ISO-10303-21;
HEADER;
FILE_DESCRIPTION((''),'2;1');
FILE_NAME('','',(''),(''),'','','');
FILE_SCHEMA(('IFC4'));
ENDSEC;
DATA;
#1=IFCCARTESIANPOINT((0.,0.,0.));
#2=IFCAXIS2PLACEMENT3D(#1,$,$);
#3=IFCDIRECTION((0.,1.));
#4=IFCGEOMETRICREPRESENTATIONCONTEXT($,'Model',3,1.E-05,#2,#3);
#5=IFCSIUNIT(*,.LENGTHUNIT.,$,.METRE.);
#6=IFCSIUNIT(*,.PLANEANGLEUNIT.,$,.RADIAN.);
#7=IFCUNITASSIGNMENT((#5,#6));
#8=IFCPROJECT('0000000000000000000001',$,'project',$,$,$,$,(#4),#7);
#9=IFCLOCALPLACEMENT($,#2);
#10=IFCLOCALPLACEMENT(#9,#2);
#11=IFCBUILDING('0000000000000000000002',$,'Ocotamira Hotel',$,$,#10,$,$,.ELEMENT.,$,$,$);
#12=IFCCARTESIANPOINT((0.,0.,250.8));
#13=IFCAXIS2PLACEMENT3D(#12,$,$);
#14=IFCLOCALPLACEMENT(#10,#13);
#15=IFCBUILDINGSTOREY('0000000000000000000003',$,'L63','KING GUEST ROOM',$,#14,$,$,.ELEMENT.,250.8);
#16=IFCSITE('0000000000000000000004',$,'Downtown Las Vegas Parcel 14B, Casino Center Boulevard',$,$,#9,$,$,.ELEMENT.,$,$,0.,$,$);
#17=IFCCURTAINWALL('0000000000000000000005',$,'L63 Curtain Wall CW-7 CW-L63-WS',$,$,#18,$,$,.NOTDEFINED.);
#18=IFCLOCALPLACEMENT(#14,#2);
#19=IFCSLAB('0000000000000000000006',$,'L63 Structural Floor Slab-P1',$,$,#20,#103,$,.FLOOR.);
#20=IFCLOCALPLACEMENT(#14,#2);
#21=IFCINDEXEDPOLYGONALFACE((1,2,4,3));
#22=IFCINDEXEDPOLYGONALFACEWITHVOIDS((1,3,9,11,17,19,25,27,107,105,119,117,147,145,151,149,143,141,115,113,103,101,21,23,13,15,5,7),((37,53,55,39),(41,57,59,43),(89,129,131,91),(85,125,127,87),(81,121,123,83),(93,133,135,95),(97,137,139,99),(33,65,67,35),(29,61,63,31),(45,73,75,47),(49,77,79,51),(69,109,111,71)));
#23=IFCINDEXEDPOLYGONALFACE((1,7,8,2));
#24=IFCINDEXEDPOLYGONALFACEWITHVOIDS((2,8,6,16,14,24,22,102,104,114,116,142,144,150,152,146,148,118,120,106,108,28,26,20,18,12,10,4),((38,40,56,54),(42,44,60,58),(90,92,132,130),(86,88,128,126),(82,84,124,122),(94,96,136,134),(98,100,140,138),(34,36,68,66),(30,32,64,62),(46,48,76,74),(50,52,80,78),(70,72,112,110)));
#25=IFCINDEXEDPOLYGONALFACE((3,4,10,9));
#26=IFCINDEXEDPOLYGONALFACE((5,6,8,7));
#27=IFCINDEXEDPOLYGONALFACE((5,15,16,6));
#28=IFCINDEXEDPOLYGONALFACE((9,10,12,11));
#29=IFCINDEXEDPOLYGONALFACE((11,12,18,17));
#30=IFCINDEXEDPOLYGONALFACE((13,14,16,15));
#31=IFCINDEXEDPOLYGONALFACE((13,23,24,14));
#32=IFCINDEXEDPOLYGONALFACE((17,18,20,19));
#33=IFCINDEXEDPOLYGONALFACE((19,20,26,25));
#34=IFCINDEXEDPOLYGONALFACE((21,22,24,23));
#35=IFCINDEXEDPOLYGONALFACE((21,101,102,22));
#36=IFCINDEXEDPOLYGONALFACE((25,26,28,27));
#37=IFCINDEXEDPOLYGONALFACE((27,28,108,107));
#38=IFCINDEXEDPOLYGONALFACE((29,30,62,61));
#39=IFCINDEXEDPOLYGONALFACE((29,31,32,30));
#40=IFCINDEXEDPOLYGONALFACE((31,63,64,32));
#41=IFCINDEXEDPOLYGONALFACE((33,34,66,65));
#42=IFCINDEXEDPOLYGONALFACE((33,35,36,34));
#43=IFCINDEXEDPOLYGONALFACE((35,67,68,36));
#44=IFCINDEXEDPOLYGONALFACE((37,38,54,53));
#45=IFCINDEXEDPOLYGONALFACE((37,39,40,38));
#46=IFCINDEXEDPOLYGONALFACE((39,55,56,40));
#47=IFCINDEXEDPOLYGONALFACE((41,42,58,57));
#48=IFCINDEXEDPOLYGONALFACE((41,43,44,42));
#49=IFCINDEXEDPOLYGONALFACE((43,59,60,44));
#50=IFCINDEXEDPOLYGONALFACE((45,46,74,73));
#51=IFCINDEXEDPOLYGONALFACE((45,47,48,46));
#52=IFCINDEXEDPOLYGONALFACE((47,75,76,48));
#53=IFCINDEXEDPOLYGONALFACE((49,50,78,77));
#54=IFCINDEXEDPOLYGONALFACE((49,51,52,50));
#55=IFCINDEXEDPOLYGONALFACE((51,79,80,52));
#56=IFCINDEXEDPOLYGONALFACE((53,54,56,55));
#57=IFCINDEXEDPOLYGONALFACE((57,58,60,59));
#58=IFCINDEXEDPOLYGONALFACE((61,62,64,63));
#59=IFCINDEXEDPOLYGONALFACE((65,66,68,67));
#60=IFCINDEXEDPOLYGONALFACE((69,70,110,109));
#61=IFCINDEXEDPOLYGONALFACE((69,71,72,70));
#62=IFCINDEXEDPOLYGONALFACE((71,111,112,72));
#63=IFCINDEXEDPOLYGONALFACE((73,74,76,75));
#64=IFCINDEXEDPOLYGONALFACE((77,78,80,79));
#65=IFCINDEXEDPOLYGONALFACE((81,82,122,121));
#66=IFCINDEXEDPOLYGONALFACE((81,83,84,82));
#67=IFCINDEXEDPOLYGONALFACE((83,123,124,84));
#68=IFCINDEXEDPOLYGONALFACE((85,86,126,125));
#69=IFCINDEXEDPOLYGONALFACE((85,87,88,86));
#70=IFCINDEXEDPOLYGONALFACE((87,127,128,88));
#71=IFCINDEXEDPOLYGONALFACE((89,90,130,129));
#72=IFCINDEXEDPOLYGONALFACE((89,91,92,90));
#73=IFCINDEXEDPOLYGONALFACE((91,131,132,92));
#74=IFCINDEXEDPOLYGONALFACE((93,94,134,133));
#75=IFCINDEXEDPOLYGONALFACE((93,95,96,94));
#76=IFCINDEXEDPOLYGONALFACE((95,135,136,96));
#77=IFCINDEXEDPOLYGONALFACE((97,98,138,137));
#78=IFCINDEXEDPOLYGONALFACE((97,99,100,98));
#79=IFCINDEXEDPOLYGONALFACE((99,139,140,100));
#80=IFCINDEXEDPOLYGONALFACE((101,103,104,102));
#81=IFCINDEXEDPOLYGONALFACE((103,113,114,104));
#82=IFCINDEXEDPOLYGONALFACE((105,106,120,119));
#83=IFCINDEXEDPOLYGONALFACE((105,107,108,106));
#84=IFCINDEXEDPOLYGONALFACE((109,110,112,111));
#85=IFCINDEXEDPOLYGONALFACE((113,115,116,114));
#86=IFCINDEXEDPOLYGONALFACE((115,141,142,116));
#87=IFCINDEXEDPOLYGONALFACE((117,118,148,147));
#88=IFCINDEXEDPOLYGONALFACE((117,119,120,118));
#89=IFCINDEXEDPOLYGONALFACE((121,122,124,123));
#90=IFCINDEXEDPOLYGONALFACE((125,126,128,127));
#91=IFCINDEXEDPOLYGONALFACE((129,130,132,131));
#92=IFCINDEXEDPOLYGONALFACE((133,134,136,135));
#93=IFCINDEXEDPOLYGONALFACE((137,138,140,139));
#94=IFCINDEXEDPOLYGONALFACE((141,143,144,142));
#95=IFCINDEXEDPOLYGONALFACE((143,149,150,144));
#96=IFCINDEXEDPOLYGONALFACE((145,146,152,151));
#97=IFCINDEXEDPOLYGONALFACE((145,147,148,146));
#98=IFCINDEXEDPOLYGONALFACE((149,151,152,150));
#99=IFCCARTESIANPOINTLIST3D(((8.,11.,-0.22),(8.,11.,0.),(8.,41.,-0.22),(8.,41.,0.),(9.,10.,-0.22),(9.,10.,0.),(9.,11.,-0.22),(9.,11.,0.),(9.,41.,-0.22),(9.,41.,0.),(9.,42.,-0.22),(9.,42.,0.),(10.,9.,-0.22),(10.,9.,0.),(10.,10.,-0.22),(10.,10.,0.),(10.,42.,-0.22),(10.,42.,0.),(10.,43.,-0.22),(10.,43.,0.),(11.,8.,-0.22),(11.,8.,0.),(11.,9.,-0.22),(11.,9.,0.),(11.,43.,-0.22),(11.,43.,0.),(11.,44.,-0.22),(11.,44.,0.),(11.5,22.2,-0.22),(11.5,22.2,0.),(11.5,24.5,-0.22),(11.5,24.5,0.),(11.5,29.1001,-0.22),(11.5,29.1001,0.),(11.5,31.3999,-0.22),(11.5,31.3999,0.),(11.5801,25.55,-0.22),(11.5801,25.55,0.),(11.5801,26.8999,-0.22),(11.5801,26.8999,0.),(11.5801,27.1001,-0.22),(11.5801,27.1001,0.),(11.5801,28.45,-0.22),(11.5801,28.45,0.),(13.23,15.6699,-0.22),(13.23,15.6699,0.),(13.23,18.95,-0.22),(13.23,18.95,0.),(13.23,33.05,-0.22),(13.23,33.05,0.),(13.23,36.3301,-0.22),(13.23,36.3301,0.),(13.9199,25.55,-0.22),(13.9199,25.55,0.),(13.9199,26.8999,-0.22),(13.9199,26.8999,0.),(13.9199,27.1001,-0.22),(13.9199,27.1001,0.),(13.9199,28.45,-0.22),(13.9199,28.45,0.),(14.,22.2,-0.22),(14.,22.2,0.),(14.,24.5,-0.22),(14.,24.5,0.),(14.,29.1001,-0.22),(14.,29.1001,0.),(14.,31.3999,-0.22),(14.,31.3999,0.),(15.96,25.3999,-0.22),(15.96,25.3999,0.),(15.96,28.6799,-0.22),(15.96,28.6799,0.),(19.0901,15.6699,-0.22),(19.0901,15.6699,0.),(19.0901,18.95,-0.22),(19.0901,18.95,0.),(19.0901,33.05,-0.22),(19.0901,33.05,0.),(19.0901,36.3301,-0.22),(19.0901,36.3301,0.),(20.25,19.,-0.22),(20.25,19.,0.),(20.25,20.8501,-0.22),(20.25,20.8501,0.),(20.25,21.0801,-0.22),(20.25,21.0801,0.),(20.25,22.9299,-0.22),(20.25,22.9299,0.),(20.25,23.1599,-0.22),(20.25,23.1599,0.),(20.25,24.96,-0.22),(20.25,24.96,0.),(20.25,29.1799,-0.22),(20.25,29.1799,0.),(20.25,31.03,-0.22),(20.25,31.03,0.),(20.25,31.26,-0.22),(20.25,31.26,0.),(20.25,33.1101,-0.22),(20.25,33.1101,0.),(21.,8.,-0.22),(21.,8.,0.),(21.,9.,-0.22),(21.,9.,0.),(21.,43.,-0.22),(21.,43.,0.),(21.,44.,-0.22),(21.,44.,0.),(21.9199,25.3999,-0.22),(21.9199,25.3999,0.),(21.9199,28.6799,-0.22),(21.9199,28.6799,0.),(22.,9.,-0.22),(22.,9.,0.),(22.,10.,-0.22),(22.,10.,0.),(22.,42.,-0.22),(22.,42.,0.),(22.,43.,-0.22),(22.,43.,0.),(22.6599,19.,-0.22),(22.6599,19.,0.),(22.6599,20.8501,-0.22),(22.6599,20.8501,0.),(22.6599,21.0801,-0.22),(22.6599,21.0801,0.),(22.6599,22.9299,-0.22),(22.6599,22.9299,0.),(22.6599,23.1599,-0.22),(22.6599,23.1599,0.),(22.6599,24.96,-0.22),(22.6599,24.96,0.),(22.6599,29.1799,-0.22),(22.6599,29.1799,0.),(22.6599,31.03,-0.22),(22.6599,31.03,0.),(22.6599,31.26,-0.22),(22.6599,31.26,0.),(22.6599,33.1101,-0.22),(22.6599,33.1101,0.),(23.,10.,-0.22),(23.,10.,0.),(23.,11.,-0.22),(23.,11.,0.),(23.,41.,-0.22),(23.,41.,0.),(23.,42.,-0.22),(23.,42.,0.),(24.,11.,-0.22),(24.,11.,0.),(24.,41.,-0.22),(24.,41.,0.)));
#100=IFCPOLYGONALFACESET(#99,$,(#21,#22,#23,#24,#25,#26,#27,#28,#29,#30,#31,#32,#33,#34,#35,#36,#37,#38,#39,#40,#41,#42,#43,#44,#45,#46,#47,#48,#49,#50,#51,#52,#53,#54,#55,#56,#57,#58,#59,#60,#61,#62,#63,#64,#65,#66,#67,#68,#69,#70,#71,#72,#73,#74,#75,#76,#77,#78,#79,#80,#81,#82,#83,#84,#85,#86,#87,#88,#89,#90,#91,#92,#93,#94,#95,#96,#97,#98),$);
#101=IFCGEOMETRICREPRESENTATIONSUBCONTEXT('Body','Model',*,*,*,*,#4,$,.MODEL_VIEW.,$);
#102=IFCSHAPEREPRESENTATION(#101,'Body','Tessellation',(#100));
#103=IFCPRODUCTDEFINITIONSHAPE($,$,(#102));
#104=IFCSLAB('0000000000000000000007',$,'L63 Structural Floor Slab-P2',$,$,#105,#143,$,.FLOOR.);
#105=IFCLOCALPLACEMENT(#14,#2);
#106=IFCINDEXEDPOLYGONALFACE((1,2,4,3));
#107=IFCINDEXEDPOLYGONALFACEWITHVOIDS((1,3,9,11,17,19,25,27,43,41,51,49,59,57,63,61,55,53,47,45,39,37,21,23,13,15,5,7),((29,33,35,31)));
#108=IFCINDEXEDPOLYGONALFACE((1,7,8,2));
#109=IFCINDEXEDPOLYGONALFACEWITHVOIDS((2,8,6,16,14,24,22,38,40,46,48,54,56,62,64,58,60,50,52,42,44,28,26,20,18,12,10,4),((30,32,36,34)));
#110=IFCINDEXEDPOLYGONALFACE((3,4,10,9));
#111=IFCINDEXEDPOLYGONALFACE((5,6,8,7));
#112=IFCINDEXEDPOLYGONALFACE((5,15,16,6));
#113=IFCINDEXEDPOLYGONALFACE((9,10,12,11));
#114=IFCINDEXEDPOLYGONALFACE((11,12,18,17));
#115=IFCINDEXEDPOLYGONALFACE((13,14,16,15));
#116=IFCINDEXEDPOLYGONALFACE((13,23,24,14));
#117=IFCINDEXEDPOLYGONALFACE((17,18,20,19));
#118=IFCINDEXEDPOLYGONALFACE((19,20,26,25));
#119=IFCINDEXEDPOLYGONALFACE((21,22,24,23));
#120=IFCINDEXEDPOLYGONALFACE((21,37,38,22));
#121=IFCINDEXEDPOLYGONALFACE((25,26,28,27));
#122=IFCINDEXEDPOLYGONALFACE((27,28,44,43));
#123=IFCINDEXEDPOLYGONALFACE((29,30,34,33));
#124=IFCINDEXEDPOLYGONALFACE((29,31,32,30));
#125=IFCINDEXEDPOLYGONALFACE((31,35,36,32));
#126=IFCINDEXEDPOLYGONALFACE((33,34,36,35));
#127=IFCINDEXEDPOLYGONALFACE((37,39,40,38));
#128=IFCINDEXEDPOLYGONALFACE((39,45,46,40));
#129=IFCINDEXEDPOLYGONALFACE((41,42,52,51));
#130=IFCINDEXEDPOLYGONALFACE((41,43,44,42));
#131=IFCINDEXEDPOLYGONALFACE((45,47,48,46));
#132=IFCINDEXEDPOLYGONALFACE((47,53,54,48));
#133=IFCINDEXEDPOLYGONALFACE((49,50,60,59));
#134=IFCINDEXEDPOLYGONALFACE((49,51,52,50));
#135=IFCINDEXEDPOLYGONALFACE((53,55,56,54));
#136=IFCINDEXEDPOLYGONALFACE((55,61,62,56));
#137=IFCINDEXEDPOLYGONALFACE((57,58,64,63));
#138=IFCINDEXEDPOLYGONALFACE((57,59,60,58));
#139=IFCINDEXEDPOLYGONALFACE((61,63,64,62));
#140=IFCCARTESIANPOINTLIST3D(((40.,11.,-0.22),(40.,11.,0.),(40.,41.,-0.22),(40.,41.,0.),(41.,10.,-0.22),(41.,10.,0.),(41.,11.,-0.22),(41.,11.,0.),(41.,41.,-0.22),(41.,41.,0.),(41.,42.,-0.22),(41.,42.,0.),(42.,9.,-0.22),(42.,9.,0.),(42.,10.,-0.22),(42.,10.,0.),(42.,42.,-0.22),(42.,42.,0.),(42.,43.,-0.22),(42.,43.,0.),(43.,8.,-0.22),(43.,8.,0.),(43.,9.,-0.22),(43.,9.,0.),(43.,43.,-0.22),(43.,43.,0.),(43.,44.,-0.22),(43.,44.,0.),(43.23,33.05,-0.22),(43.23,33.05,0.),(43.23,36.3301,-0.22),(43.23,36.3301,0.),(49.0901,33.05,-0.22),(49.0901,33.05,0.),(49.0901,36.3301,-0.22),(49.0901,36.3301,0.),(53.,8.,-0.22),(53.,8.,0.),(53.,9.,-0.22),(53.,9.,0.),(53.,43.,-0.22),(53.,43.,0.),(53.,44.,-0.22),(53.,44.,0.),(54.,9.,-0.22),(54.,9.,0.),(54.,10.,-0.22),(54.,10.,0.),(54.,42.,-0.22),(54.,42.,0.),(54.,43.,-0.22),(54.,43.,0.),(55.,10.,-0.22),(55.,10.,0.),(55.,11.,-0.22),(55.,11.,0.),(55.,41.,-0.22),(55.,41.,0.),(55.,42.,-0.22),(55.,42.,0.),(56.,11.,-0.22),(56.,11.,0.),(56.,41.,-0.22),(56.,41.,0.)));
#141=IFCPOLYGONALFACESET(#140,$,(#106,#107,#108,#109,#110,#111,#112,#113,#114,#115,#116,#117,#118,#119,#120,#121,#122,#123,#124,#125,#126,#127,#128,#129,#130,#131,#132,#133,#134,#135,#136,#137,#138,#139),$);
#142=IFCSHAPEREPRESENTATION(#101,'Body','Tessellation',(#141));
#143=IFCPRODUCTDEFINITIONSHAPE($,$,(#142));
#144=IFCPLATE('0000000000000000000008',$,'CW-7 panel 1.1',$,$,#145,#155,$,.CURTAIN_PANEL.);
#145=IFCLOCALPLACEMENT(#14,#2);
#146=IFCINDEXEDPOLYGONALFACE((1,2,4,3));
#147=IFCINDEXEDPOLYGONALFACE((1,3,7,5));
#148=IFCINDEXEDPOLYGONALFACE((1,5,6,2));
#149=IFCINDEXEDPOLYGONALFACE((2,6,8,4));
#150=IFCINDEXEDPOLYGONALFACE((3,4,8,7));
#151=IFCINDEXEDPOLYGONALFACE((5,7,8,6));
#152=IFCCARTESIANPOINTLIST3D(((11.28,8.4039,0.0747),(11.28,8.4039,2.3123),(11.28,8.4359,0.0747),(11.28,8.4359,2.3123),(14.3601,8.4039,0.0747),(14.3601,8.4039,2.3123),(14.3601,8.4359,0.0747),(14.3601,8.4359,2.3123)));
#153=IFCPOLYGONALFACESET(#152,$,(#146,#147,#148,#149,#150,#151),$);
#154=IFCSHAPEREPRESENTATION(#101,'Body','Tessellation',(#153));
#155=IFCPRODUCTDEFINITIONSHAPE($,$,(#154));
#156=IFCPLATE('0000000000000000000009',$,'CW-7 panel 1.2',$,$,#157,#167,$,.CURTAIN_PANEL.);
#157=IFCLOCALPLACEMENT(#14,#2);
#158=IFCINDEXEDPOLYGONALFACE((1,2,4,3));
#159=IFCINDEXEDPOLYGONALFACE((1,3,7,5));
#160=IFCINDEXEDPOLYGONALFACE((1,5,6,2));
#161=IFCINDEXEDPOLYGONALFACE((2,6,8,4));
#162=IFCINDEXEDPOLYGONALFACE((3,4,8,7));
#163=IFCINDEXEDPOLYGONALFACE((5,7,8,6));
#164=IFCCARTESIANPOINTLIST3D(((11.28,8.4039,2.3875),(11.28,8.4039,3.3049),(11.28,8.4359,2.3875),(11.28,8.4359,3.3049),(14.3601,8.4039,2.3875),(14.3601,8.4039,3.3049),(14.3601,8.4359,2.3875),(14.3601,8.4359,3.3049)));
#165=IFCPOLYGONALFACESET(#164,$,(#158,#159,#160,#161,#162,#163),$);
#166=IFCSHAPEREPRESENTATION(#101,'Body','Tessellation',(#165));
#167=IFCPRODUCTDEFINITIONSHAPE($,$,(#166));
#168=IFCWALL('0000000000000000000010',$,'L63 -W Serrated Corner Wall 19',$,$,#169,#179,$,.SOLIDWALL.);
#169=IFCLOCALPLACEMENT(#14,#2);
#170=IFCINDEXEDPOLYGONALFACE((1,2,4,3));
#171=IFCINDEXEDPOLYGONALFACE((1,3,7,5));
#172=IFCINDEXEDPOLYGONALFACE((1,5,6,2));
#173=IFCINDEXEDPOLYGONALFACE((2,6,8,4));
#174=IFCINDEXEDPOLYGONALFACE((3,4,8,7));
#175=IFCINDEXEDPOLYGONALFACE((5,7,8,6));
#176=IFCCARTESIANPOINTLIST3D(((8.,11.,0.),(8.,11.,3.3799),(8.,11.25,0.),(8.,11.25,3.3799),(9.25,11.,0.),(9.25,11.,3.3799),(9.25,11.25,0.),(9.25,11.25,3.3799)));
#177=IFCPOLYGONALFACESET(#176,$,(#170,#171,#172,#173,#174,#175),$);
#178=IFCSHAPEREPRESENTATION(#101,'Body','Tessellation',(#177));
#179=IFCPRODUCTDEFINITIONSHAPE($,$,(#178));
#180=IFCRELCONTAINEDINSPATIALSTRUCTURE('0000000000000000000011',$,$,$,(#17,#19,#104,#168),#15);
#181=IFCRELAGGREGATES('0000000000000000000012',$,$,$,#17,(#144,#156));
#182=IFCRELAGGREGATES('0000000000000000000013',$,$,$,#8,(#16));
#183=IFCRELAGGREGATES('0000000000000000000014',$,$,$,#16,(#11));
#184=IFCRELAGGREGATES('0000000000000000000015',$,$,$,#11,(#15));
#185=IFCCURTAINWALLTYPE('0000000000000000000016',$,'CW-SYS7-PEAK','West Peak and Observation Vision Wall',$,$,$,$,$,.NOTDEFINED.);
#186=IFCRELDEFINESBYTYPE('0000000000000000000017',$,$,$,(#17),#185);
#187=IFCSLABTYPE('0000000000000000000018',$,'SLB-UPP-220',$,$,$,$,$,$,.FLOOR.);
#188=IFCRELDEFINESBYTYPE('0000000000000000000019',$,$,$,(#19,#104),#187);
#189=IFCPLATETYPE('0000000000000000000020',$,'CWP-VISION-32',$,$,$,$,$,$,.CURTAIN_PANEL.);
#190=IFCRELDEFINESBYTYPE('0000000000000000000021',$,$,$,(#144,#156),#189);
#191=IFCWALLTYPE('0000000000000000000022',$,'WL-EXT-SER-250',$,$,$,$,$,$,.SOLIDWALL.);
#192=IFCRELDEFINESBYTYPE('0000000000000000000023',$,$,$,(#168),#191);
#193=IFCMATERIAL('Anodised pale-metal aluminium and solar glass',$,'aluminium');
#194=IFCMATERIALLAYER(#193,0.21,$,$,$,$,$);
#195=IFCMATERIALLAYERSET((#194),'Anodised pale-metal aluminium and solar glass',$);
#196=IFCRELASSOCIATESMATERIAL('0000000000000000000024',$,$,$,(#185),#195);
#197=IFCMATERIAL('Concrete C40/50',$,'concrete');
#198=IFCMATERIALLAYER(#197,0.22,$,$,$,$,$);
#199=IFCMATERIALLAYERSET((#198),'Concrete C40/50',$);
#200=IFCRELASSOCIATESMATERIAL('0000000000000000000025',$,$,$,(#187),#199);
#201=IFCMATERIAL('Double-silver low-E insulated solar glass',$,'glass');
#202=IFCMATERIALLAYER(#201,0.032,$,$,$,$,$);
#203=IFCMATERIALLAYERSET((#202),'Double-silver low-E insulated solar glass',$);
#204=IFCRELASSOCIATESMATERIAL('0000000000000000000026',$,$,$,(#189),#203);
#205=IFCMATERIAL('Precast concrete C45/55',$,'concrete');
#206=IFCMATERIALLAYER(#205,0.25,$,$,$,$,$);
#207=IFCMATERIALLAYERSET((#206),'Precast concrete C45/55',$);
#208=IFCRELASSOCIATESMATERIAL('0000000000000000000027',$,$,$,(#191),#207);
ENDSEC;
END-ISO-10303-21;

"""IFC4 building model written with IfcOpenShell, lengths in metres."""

from ifc_helpers import new_model, si_unit, direction, frame, frame_2d, origin, origin_2d, place, context, subcontext, project, spatial, polyline, rectangle, outline, extrude, source, transform, mapped, material, layer, layer_set, type_object, element, aggregate, save


model = new_model("IFC4")

# Units and contexts
model_context = context("Model", 3, precision=1e-05, world=origin(), true_north=direction((0.0, 1.0)))
body_context = subcontext(model_context, "Body", "Model", "MODEL_VIEW")
ifc_project = project(units=[si_unit("LENGTHUNIT", "METRE"), si_unit("PLANEANGLEUNIT", "RADIAN")], contexts=[model_context])

# Site, building, storey
site_placement = place(None, origin())
site = spatial("IfcSite", under=ifc_project, at=site_placement, Name="Downtown Las Vegas Parcel 14B, Casino Center Boulevard", CompositionType="ELEMENT", RefElevation=0.0)
building_placement = place(site_placement, origin())
building = spatial("IfcBuilding", under=site, at=building_placement, Name="Ocotamira Hotel", CompositionType="ELEMENT")
storey_placement = place(building_placement, frame((0.0, 0.0, 250.8)))
storey = spatial("IfcBuildingStorey", under=building, at=storey_placement, Name="L63", Description="KING GUEST ROOM", CompositionType="ELEMENT", Elevation=250.8)

# Curtain wall
ifc_material_1 = material(Name="Anodised pale-metal aluminium and solar glass", Category="aluminium")
ifc_layer_1 = layer(ifc_material_1, 0.21)
ifc_layer_set_1 = layer_set([ifc_layer_1], Name="Anodised pale-metal aluminium and solar glass")
curtain_wall_type = type_object("IfcCurtainWallType", Name="CW-SYS7-PEAK", Description="West Peak and Observation Vision Wall", PredefinedType="NOTDEFINED", material=ifc_layer_set_1)
curtain_wall_placement = place(storey_placement, origin())
curtain_wall = element("IfcCurtainWall", 1, at=curtain_wall_placement, inside=storey, type_object=curtain_wall_type, Name="L63 Curtain Wall CW-7 CW-L63-WS", PredefinedType="NOTDEFINED")

# Shared definitions
ifc_material_2 = material(Name="Concrete C40/50", Category="concrete")

# Slabs
ifc_layer_2 = layer(ifc_material_2, 0.22)
ifc_layer_set_2 = layer_set([ifc_layer_2], Name="Concrete C40/50")
slab_type_1 = type_object("IfcSlabType", Name="SLB-UPP-220", PredefinedType="FLOOR", material=ifc_layer_set_2)
slab_1_placement = place(storey_placement, frame((0.0, 0.0, -0.22)))
element("IfcSlab", 2, at=slab_1_placement, inside=storey, type_object=slab_type_1, Name="L63 Structural Floor Slab-P1", PredefinedType="FLOOR", context=body_context, shape_type="SweptSolid", body=[
    extrude(outline(polyline([(11.0, 8.0), (21.0, 8.0), (21.0, 9.0), (22.0, 9.0), (22.0, 10.0), (23.0, 10.0), (23.0, 11.0), (24.0, 11.0), (24.0, 41.0), (23.0, 41.0), (23.0, 42.0), (22.0, 42.0), (22.0, 43.0), (21.0, 43.0), (21.0, 44.0), (11.0, 44.0), (11.0, 43.0), (10.0, 43.0), (10.0, 42.0), (9.0, 42.0), (9.0, 41.0), (8.0, 41.0), (8.0, 11.0), (9.0, 11.0), (9.0, 10.0), (10.0, 10.0), (10.0, 9.0), (11.0, 9.0), (11.0, 8.0)]), holes=[polyline([(13.23, 15.6699), (19.0901, 15.6699), (19.0901, 18.95), (13.23, 18.95), (13.23, 15.6699)]), polyline([(13.23, 33.05), (19.0901, 33.05), (19.0901, 36.3301), (13.23, 36.3301), (13.23, 33.05)]), polyline([(15.96, 25.3999), (21.9199, 25.3999), (21.9199, 28.6799), (15.96, 28.6799), (15.96, 25.3999)]), polyline([(20.25, 19.0), (22.6599, 19.0), (22.6599, 20.8501), (20.25, 20.8501), (20.25, 19.0)]), polyline([(20.25, 21.0801), (22.6599, 21.0801), (22.6599, 22.9299), (20.25, 22.9299), (20.25, 21.0801)]), polyline([(20.25, 23.1599), (22.6599, 23.1599), (22.6599, 24.96), (20.25, 24.96), (20.25, 23.1599)]), polyline([(20.25, 29.1799), (22.6599, 29.1799), (22.6599, 31.03), (20.25, 31.03), (20.25, 29.1799)]), polyline([(20.25, 31.26), (22.6599, 31.26), (22.6599, 33.1101), (20.25, 33.1101), (20.25, 31.26)]), polyline([(11.5, 22.2), (14.0, 22.2), (14.0, 24.5), (11.5, 24.5), (11.5, 22.2)]), polyline([(11.5, 29.1001), (14.0, 29.1001), (14.0, 31.3999), (11.5, 31.3999), (11.5, 29.1001)]), polyline([(11.5801, 25.55), (13.9199, 25.55), (13.9199, 26.8999), (11.5801, 26.8999), (11.5801, 25.55)]), polyline([(11.5801, 27.1001), (13.9199, 27.1001), (13.9199, 28.45), (11.5801, 28.45), (11.5801, 27.1001)])]), origin(), (0.0, 0.0, 1.0), 0.22),
])
slab_2_placement = place(storey_placement, frame((0.0, 0.0, -0.22)))
element("IfcSlab", 3, at=slab_2_placement, inside=storey, type_object=slab_type_1, Name="L63 Structural Floor Slab-P2", PredefinedType="FLOOR", context=body_context, shape_type="SweptSolid", body=[
    extrude(outline(polyline([(43.0, 8.0), (53.0, 8.0), (53.0, 9.0), (54.0, 9.0), (54.0, 10.0), (55.0, 10.0), (55.0, 11.0), (56.0, 11.0), (56.0, 41.0), (55.0, 41.0), (55.0, 42.0), (54.0, 42.0), (54.0, 43.0), (53.0, 43.0), (53.0, 44.0), (43.0, 44.0), (43.0, 43.0), (42.0, 43.0), (42.0, 42.0), (41.0, 42.0), (41.0, 41.0), (40.0, 41.0), (40.0, 11.0), (41.0, 11.0), (41.0, 10.0), (42.0, 10.0), (42.0, 9.0), (43.0, 9.0), (43.0, 8.0)]), holes=[polyline([(43.23, 33.05), (49.0901, 33.05), (49.0901, 36.3301), (43.23, 36.3301), (43.23, 33.05)])]), origin(), (0.0, 0.0, 1.0), 0.22),
])

# Plates
ifc_material_3 = material(Name="Double-silver low-E insulated solar glass", Category="glass")
ifc_layer_3 = layer(ifc_material_3, 0.032)
ifc_layer_set_3 = layer_set([ifc_layer_3], Name="Double-silver low-E insulated solar glass")
plate_type = type_object("IfcPlateType", Name="CWP-VISION-32", PredefinedType="CURTAIN_PANEL", material=ifc_layer_set_3)
shared_shape_1 = source(origin(), body_context, "Body", "SweptSolid", [
    extrude(rectangle(XDim=3.0801, YDim=0.032, at=origin_2d()), origin(), (0.0, 0.0, 1.0), 2.2375),
])
plate_1_placement = place(storey_placement, frame((12.8201, 8.4199, 0.0747), z_axis=(0.0, 0.0, 1.0), x_axis=(1.0, 0.0, 0.0)))
plate_1 = element("IfcPlate", 4, at=plate_1_placement, type_object=plate_type, Name="CW-7 panel 1.1", PredefinedType="CURTAIN_PANEL", context=body_context, shape_type="MappedRepresentation", body=[
    mapped(shared_shape_1, transform((0.0, 0.0, 0.0), scale=1.0)),
])
shared_shape_2 = source(origin(), body_context, "Body", "SweptSolid", [
    extrude(rectangle(XDim=3.0801, YDim=0.032, at=origin_2d()), origin(), (0.0, 0.0, 1.0), 0.9175),
])
plate_2_placement = place(storey_placement, frame((12.8201, 8.4199, 2.3875), z_axis=(0.0, 0.0, 1.0), x_axis=(1.0, 0.0, 0.0)))
plate_2 = element("IfcPlate", 5, at=plate_2_placement, type_object=plate_type, Name="CW-7 panel 1.2", PredefinedType="CURTAIN_PANEL", context=body_context, shape_type="MappedRepresentation", body=[
    mapped(shared_shape_2, transform((0.0, 0.0, 0.0), scale=1.0)),
])
aggregate(curtain_wall, [plate_1, plate_2])

# Wall
ifc_material_4 = material(Name="Precast concrete C45/55", Category="concrete")
ifc_layer_4 = layer(ifc_material_4, 0.25)
ifc_layer_set_4 = layer_set([ifc_layer_4], Name="Precast concrete C45/55")
wall_type_1 = type_object("IfcWallType", Name="WL-EXT-SER-250", PredefinedType="SOLIDWALL", material=ifc_layer_set_4)
wall_1_placement = place(storey_placement, frame((8.0, 11.125, 0.0), z_axis=(0.0, 0.0, 1.0), x_axis=(1.0, 0.0, 0.0)))
element("IfcWall", 6, at=wall_1_placement, inside=storey, type_object=wall_type_1, Name="L63 -W Serrated Corner Wall 19", PredefinedType="SOLIDWALL", context=body_context, shape_type="SweptSolid", body=[
    extrude(rectangle(XDim=1.25, YDim=0.25, at=frame_2d((0.625, 0.0))), origin(), (0.0, 0.0, 1.0), 3.3799),
])

save(model, "model.ifc")
